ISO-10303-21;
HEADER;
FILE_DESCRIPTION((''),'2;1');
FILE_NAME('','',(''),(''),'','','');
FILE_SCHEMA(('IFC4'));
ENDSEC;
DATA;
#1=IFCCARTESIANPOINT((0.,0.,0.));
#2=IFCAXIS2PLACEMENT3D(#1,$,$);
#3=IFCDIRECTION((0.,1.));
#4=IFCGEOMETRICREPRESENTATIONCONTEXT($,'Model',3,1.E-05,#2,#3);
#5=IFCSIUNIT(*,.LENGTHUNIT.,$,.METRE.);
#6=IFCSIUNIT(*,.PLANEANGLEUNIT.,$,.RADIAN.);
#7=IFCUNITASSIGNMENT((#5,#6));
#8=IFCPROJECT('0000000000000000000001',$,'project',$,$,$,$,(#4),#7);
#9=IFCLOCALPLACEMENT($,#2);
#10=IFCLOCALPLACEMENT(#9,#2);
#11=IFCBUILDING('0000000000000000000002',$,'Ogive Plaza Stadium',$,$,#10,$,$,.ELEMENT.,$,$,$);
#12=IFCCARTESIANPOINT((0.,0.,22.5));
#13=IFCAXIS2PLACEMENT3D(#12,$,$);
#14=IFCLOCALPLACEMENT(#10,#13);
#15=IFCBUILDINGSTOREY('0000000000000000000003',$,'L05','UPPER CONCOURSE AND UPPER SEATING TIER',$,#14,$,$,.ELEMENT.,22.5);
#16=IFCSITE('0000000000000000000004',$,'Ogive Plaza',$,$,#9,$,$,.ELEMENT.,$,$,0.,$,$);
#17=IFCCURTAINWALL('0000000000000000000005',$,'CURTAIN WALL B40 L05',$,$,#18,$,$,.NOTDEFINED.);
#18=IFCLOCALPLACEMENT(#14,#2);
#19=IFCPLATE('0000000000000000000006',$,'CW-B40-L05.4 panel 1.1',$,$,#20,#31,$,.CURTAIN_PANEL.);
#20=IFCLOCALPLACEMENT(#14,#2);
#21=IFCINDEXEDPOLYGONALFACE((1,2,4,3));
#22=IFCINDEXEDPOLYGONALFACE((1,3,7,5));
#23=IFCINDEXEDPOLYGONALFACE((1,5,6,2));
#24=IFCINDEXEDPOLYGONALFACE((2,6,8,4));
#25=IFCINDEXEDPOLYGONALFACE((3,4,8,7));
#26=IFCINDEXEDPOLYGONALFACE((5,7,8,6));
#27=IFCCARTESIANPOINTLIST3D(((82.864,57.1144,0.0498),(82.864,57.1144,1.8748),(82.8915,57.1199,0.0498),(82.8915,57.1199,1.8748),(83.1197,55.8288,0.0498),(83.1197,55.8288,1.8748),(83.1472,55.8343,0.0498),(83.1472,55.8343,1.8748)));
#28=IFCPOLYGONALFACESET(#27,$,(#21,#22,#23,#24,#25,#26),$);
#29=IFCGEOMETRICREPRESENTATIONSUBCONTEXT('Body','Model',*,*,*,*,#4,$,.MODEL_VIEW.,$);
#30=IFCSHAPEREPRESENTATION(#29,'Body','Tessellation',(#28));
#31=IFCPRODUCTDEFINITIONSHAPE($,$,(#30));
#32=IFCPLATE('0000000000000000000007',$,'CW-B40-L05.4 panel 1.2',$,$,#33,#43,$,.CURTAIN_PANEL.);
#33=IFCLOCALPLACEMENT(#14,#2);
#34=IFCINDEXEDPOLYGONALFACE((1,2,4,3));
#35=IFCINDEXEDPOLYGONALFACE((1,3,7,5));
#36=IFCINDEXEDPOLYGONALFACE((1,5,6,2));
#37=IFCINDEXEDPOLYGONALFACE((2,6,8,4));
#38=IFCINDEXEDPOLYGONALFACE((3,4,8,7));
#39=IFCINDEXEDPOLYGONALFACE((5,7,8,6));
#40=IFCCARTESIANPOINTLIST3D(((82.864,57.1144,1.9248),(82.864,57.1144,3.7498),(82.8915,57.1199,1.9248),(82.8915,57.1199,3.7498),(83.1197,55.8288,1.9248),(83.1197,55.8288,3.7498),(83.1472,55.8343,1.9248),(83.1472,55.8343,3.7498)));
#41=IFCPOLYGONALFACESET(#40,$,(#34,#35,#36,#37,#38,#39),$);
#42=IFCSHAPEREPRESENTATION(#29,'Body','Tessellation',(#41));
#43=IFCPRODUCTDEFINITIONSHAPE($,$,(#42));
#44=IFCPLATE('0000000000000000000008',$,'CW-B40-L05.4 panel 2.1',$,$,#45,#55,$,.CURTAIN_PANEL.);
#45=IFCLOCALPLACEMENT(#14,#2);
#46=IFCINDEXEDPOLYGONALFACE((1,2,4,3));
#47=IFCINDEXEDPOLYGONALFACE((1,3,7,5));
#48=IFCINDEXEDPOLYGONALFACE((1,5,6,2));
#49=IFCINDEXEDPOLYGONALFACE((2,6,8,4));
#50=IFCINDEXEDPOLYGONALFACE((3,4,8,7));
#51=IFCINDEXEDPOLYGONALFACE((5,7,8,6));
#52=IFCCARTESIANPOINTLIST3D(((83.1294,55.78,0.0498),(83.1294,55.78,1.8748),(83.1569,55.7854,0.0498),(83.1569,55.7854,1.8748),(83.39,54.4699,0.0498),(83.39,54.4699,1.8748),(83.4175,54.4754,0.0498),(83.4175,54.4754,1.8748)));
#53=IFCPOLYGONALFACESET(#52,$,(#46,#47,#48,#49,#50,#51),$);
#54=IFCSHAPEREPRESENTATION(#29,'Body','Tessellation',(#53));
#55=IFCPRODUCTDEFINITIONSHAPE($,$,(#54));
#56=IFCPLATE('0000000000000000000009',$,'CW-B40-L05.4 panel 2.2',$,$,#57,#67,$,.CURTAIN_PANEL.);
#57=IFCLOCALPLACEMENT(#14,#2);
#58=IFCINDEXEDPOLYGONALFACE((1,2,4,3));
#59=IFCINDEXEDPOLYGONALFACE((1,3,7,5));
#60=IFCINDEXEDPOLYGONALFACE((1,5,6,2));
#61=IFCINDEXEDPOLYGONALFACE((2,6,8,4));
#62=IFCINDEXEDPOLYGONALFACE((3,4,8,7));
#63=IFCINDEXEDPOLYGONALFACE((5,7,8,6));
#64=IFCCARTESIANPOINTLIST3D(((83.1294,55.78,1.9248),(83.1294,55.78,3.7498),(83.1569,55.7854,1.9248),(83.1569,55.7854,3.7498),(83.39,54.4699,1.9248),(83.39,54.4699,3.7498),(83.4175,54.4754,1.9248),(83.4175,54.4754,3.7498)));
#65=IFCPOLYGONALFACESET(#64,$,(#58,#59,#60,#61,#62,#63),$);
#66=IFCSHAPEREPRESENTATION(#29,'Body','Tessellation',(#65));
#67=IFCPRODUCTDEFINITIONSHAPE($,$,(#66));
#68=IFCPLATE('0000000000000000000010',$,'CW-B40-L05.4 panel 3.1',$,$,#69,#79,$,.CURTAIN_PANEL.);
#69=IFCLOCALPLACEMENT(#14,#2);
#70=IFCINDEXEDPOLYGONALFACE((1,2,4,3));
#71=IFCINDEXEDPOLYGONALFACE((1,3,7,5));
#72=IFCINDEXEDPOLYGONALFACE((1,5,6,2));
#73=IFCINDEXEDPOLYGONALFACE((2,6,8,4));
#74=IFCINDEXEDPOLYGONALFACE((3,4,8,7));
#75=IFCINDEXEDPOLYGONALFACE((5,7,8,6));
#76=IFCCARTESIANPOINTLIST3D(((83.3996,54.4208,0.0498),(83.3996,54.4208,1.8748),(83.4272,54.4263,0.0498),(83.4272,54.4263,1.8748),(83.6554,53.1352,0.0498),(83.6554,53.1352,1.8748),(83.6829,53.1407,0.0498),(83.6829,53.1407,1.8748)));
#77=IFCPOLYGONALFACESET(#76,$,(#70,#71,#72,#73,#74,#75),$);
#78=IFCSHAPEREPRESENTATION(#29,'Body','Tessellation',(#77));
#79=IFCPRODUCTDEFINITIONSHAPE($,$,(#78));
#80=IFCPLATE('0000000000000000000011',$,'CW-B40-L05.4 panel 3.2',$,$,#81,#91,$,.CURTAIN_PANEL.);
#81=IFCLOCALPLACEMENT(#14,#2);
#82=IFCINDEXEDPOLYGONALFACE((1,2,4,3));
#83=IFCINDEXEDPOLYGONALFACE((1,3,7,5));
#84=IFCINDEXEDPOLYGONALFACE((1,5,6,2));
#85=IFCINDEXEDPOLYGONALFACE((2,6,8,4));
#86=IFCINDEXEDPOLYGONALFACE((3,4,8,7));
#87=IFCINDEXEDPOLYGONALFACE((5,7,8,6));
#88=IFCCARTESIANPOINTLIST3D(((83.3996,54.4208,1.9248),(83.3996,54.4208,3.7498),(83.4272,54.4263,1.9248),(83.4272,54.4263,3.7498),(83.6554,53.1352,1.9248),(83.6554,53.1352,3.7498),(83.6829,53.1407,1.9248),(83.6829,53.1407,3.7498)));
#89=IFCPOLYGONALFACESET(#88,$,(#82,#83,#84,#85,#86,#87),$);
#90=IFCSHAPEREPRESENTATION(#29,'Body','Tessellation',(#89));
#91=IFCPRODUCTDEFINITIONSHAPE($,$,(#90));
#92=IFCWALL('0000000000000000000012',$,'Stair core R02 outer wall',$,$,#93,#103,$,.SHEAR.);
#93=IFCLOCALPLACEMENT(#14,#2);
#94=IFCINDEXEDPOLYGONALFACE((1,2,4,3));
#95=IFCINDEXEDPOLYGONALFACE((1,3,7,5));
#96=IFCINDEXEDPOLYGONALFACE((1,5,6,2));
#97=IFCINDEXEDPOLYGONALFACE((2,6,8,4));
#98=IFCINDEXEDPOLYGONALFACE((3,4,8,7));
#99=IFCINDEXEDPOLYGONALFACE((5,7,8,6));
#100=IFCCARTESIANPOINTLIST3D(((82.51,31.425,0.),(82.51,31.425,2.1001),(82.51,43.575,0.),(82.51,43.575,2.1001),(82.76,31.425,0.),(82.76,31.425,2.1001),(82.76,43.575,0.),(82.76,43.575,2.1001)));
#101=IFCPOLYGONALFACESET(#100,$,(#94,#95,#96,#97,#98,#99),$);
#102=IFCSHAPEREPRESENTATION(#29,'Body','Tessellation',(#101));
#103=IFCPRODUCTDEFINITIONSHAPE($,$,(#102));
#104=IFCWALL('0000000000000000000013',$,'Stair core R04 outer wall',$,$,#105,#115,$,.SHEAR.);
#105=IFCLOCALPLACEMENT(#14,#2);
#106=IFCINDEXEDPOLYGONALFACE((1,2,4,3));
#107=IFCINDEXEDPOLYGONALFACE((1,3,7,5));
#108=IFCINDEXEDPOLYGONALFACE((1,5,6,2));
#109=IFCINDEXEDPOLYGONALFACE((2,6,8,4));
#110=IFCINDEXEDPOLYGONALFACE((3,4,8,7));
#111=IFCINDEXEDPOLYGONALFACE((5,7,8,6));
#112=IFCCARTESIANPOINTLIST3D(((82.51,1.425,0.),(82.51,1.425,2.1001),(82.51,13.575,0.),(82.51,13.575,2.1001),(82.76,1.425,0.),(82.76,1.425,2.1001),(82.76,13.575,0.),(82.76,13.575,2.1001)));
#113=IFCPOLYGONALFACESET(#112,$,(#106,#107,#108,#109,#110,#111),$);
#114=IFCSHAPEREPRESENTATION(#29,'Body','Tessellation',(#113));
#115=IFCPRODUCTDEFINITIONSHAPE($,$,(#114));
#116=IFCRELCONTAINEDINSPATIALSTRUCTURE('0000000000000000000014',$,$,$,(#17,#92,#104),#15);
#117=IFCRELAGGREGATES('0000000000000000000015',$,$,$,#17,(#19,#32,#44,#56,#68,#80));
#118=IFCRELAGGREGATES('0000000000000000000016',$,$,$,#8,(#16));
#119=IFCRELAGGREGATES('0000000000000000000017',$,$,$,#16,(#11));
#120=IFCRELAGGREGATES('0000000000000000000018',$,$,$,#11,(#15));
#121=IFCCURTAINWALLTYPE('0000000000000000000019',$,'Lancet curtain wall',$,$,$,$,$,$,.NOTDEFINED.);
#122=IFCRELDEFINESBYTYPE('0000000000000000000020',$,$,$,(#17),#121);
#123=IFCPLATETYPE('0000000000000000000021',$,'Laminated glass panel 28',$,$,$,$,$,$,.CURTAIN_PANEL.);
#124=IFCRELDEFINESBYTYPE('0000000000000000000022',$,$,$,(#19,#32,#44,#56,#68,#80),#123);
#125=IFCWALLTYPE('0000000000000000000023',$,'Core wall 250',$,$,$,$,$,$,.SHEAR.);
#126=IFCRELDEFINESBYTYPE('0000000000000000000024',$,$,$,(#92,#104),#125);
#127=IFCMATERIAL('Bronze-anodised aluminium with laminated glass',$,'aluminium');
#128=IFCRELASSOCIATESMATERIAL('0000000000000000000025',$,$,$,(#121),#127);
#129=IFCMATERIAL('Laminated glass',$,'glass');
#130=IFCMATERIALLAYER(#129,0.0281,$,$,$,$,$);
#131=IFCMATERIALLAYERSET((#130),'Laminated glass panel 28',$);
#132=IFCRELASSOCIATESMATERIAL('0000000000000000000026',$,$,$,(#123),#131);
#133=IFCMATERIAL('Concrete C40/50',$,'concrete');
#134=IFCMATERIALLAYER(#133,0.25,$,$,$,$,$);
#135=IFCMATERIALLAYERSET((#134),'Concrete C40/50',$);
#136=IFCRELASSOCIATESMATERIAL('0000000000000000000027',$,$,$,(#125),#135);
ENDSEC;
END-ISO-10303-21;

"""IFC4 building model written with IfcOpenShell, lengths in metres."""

from ifc_helpers import new_model, si_unit, direction, frame, frame_2d, origin, origin_2d, place, context, subcontext, project, spatial, rectangle, extrude, material, layer, layer_set, type_object, element, aggregate, save


model = new_model("IFC4")

# Units and contexts
model_context = context("Model", 3, precision=1e-05, world=origin(), true_north=direction((0.0, 1.0)))
body_context = subcontext(model_context, "Body", "Model", "MODEL_VIEW")
ifc_project = project(units=[si_unit("LENGTHUNIT", "METRE"), si_unit("PLANEANGLEUNIT", "RADIAN")], contexts=[model_context])

# Site, building, storey
site_placement = place(None, origin())
site = spatial("IfcSite", under=ifc_project, at=site_placement, Name="Ogive Plaza", CompositionType="ELEMENT", RefElevation=0.0)
building_placement = place(site_placement, origin())
building = spatial("IfcBuilding", under=site, at=building_placement, Name="Ogive Plaza Stadium", CompositionType="ELEMENT")
storey_placement = place(building_placement, frame((0.0, 0.0, 22.5)))
storey = spatial("IfcBuildingStorey", under=building, at=storey_placement, Name="L05", Description="UPPER CONCOURSE AND UPPER SEATING TIER", CompositionType="ELEMENT", Elevation=22.5)

# Curtain wall
ifc_material_1 = material(Name="Bronze-anodised aluminium with laminated glass", Category="aluminium")
curtain_wall_type = type_object("IfcCurtainWallType", Name="Lancet curtain wall", PredefinedType="NOTDEFINED", material=ifc_material_1)
curtain_wall_1_placement = place(storey_placement, origin())
curtain_wall_1 = element("IfcCurtainWall", 1, at=curtain_wall_1_placement, inside=storey, type_object=curtain_wall_type, Name="CURTAIN WALL B40 L05", PredefinedType="NOTDEFINED")

# Shared definitions
ifc_material_2 = material(Name="Laminated glass", Category="glass")
ifc_layer_1 = layer(ifc_material_2, 0.0281)
ifc_layer_set_1 = layer_set([ifc_layer_1], Name="Laminated glass panel 28")
plate_type = type_object("IfcPlateType", Name="Laminated glass panel 28", PredefinedType="CURTAIN_PANEL", material=ifc_layer_set_1)

# Plates
plate_1_placement = place(storey_placement, frame((83.0056, 56.4744, 0.0498), z_axis=(0.0, 0.0, 1.0), x_axis=(0.19509, -0.980785, 0.0)))
plate_1 = element("IfcPlate", 2, at=plate_1_placement, type_object=plate_type, Name="CW-B40-L05.4 panel 1.1", PredefinedType="CURTAIN_PANEL", context=body_context, shape_type="SweptSolid", body=[
    extrude(rectangle(XDim=1.3108, YDim=0.0281, at=origin_2d()), origin(), (0.0, 0.0, 1.0), 1.825),
])
plate_2_placement = place(storey_placement, frame((83.0056, 56.4744, 1.9248), z_axis=(0.0, 0.0, 1.0), x_axis=(0.19509, -0.980785, 0.0)))
plate_2 = element("IfcPlate", 3, at=plate_2_placement, type_object=plate_type, Name="CW-B40-L05.4 panel 1.2", PredefinedType="CURTAIN_PANEL", context=body_context, shape_type="SweptSolid", body=[
    extrude(rectangle(XDim=1.3108, YDim=0.0281, at=origin_2d()), origin(), (0.0, 0.0, 1.0), 1.825),
])
plate_3_placement = place(storey_placement, frame((83.2734, 55.1277, 0.0498), z_axis=(0.0, 0.0, 1.0), x_axis=(0.19509, -0.980785, 0.0)))
plate_3 = element("IfcPlate", 4, at=plate_3_placement, type_object=plate_type, Name="CW-B40-L05.4 panel 2.1", PredefinedType="CURTAIN_PANEL", context=body_context, shape_type="SweptSolid", body=[
    extrude(rectangle(XDim=1.3357, YDim=0.0281, at=origin_2d()), origin(), (0.0, 0.0, 1.0), 1.825),
])
plate_4_placement = place(storey_placement, frame((83.2734, 55.1277, 1.9248), z_axis=(0.0, 0.0, 1.0), x_axis=(0.19509, -0.980785, 0.0)))
plate_4 = element("IfcPlate", 5, at=plate_4_placement, type_object=plate_type, Name="CW-B40-L05.4 panel 2.2", PredefinedType="CURTAIN_PANEL", context=body_context, shape_type="SweptSolid", body=[
    extrude(rectangle(XDim=1.3357, YDim=0.0281, at=origin_2d()), origin(), (0.0, 0.0, 1.0), 1.825),
])
plate_5_placement = place(storey_placement, frame((83.5413, 53.7808, 0.0498), z_axis=(0.0, 0.0, 1.0), x_axis=(0.19509, -0.980785, 0.0)))
plate_5 = element("IfcPlate", 6, at=plate_5_placement, type_object=plate_type, Name="CW-B40-L05.4 panel 3.1", PredefinedType="CURTAIN_PANEL", context=body_context, shape_type="SweptSolid", body=[
    extrude(rectangle(XDim=1.3108, YDim=0.0281, at=origin_2d()), origin(), (0.0, 0.0, 1.0), 1.825),
])
plate_6_placement = place(storey_placement, frame((83.5413, 53.7808, 1.9248), z_axis=(0.0, 0.0, 1.0), x_axis=(0.19509, -0.980785, 0.0)))
plate_6 = element("IfcPlate", 7, at=plate_6_placement, type_object=plate_type, Name="CW-B40-L05.4 panel 3.2", PredefinedType="CURTAIN_PANEL", context=body_context, shape_type="SweptSolid", body=[
    extrude(rectangle(XDim=1.3108, YDim=0.0281, at=origin_2d()), origin(), (0.0, 0.0, 1.0), 1.825),
])
aggregate(curtain_wall_1, [plate_1, plate_2, plate_3, plate_4, plate_5, plate_6])

# Walls
ifc_material_3 = material(Name="Concrete C40/50", Category="concrete")
ifc_layer_2 = layer(ifc_material_3, 0.25)
ifc_layer_set_2 = layer_set([ifc_layer_2], Name="Concrete C40/50")
wall_type = type_object("IfcWallType", Name="Core wall 250", PredefinedType="SHEAR", material=ifc_layer_set_2)
for number, where, z_axis, x_axis, name in (
    (8, (82.635, 31.425, 0.0), (0.0, 0.0, 1.0), (0.0, 1.0, 0.0), "Stair core R02 outer wall"),
    (9, (82.635, 1.425, 0.0), (0.0, 0.0, 1.0), (0.0, 1.0, 0.0), "Stair core R04 outer wall"),
):
    element("IfcWall", number, at=place(storey_placement, frame(where, z_axis=z_axis, x_axis=x_axis)), inside=storey, type_object=wall_type, Name=name, PredefinedType="SHEAR", context=body_context, shape_type="SweptSolid", body=[
        extrude(rectangle(XDim=12.1499, YDim=0.25, at=frame_2d((6.075, 0.0))), origin(), (0.0, 0.0, 1.0), 2.1001),
    ])

save(model, "model.ifc")
